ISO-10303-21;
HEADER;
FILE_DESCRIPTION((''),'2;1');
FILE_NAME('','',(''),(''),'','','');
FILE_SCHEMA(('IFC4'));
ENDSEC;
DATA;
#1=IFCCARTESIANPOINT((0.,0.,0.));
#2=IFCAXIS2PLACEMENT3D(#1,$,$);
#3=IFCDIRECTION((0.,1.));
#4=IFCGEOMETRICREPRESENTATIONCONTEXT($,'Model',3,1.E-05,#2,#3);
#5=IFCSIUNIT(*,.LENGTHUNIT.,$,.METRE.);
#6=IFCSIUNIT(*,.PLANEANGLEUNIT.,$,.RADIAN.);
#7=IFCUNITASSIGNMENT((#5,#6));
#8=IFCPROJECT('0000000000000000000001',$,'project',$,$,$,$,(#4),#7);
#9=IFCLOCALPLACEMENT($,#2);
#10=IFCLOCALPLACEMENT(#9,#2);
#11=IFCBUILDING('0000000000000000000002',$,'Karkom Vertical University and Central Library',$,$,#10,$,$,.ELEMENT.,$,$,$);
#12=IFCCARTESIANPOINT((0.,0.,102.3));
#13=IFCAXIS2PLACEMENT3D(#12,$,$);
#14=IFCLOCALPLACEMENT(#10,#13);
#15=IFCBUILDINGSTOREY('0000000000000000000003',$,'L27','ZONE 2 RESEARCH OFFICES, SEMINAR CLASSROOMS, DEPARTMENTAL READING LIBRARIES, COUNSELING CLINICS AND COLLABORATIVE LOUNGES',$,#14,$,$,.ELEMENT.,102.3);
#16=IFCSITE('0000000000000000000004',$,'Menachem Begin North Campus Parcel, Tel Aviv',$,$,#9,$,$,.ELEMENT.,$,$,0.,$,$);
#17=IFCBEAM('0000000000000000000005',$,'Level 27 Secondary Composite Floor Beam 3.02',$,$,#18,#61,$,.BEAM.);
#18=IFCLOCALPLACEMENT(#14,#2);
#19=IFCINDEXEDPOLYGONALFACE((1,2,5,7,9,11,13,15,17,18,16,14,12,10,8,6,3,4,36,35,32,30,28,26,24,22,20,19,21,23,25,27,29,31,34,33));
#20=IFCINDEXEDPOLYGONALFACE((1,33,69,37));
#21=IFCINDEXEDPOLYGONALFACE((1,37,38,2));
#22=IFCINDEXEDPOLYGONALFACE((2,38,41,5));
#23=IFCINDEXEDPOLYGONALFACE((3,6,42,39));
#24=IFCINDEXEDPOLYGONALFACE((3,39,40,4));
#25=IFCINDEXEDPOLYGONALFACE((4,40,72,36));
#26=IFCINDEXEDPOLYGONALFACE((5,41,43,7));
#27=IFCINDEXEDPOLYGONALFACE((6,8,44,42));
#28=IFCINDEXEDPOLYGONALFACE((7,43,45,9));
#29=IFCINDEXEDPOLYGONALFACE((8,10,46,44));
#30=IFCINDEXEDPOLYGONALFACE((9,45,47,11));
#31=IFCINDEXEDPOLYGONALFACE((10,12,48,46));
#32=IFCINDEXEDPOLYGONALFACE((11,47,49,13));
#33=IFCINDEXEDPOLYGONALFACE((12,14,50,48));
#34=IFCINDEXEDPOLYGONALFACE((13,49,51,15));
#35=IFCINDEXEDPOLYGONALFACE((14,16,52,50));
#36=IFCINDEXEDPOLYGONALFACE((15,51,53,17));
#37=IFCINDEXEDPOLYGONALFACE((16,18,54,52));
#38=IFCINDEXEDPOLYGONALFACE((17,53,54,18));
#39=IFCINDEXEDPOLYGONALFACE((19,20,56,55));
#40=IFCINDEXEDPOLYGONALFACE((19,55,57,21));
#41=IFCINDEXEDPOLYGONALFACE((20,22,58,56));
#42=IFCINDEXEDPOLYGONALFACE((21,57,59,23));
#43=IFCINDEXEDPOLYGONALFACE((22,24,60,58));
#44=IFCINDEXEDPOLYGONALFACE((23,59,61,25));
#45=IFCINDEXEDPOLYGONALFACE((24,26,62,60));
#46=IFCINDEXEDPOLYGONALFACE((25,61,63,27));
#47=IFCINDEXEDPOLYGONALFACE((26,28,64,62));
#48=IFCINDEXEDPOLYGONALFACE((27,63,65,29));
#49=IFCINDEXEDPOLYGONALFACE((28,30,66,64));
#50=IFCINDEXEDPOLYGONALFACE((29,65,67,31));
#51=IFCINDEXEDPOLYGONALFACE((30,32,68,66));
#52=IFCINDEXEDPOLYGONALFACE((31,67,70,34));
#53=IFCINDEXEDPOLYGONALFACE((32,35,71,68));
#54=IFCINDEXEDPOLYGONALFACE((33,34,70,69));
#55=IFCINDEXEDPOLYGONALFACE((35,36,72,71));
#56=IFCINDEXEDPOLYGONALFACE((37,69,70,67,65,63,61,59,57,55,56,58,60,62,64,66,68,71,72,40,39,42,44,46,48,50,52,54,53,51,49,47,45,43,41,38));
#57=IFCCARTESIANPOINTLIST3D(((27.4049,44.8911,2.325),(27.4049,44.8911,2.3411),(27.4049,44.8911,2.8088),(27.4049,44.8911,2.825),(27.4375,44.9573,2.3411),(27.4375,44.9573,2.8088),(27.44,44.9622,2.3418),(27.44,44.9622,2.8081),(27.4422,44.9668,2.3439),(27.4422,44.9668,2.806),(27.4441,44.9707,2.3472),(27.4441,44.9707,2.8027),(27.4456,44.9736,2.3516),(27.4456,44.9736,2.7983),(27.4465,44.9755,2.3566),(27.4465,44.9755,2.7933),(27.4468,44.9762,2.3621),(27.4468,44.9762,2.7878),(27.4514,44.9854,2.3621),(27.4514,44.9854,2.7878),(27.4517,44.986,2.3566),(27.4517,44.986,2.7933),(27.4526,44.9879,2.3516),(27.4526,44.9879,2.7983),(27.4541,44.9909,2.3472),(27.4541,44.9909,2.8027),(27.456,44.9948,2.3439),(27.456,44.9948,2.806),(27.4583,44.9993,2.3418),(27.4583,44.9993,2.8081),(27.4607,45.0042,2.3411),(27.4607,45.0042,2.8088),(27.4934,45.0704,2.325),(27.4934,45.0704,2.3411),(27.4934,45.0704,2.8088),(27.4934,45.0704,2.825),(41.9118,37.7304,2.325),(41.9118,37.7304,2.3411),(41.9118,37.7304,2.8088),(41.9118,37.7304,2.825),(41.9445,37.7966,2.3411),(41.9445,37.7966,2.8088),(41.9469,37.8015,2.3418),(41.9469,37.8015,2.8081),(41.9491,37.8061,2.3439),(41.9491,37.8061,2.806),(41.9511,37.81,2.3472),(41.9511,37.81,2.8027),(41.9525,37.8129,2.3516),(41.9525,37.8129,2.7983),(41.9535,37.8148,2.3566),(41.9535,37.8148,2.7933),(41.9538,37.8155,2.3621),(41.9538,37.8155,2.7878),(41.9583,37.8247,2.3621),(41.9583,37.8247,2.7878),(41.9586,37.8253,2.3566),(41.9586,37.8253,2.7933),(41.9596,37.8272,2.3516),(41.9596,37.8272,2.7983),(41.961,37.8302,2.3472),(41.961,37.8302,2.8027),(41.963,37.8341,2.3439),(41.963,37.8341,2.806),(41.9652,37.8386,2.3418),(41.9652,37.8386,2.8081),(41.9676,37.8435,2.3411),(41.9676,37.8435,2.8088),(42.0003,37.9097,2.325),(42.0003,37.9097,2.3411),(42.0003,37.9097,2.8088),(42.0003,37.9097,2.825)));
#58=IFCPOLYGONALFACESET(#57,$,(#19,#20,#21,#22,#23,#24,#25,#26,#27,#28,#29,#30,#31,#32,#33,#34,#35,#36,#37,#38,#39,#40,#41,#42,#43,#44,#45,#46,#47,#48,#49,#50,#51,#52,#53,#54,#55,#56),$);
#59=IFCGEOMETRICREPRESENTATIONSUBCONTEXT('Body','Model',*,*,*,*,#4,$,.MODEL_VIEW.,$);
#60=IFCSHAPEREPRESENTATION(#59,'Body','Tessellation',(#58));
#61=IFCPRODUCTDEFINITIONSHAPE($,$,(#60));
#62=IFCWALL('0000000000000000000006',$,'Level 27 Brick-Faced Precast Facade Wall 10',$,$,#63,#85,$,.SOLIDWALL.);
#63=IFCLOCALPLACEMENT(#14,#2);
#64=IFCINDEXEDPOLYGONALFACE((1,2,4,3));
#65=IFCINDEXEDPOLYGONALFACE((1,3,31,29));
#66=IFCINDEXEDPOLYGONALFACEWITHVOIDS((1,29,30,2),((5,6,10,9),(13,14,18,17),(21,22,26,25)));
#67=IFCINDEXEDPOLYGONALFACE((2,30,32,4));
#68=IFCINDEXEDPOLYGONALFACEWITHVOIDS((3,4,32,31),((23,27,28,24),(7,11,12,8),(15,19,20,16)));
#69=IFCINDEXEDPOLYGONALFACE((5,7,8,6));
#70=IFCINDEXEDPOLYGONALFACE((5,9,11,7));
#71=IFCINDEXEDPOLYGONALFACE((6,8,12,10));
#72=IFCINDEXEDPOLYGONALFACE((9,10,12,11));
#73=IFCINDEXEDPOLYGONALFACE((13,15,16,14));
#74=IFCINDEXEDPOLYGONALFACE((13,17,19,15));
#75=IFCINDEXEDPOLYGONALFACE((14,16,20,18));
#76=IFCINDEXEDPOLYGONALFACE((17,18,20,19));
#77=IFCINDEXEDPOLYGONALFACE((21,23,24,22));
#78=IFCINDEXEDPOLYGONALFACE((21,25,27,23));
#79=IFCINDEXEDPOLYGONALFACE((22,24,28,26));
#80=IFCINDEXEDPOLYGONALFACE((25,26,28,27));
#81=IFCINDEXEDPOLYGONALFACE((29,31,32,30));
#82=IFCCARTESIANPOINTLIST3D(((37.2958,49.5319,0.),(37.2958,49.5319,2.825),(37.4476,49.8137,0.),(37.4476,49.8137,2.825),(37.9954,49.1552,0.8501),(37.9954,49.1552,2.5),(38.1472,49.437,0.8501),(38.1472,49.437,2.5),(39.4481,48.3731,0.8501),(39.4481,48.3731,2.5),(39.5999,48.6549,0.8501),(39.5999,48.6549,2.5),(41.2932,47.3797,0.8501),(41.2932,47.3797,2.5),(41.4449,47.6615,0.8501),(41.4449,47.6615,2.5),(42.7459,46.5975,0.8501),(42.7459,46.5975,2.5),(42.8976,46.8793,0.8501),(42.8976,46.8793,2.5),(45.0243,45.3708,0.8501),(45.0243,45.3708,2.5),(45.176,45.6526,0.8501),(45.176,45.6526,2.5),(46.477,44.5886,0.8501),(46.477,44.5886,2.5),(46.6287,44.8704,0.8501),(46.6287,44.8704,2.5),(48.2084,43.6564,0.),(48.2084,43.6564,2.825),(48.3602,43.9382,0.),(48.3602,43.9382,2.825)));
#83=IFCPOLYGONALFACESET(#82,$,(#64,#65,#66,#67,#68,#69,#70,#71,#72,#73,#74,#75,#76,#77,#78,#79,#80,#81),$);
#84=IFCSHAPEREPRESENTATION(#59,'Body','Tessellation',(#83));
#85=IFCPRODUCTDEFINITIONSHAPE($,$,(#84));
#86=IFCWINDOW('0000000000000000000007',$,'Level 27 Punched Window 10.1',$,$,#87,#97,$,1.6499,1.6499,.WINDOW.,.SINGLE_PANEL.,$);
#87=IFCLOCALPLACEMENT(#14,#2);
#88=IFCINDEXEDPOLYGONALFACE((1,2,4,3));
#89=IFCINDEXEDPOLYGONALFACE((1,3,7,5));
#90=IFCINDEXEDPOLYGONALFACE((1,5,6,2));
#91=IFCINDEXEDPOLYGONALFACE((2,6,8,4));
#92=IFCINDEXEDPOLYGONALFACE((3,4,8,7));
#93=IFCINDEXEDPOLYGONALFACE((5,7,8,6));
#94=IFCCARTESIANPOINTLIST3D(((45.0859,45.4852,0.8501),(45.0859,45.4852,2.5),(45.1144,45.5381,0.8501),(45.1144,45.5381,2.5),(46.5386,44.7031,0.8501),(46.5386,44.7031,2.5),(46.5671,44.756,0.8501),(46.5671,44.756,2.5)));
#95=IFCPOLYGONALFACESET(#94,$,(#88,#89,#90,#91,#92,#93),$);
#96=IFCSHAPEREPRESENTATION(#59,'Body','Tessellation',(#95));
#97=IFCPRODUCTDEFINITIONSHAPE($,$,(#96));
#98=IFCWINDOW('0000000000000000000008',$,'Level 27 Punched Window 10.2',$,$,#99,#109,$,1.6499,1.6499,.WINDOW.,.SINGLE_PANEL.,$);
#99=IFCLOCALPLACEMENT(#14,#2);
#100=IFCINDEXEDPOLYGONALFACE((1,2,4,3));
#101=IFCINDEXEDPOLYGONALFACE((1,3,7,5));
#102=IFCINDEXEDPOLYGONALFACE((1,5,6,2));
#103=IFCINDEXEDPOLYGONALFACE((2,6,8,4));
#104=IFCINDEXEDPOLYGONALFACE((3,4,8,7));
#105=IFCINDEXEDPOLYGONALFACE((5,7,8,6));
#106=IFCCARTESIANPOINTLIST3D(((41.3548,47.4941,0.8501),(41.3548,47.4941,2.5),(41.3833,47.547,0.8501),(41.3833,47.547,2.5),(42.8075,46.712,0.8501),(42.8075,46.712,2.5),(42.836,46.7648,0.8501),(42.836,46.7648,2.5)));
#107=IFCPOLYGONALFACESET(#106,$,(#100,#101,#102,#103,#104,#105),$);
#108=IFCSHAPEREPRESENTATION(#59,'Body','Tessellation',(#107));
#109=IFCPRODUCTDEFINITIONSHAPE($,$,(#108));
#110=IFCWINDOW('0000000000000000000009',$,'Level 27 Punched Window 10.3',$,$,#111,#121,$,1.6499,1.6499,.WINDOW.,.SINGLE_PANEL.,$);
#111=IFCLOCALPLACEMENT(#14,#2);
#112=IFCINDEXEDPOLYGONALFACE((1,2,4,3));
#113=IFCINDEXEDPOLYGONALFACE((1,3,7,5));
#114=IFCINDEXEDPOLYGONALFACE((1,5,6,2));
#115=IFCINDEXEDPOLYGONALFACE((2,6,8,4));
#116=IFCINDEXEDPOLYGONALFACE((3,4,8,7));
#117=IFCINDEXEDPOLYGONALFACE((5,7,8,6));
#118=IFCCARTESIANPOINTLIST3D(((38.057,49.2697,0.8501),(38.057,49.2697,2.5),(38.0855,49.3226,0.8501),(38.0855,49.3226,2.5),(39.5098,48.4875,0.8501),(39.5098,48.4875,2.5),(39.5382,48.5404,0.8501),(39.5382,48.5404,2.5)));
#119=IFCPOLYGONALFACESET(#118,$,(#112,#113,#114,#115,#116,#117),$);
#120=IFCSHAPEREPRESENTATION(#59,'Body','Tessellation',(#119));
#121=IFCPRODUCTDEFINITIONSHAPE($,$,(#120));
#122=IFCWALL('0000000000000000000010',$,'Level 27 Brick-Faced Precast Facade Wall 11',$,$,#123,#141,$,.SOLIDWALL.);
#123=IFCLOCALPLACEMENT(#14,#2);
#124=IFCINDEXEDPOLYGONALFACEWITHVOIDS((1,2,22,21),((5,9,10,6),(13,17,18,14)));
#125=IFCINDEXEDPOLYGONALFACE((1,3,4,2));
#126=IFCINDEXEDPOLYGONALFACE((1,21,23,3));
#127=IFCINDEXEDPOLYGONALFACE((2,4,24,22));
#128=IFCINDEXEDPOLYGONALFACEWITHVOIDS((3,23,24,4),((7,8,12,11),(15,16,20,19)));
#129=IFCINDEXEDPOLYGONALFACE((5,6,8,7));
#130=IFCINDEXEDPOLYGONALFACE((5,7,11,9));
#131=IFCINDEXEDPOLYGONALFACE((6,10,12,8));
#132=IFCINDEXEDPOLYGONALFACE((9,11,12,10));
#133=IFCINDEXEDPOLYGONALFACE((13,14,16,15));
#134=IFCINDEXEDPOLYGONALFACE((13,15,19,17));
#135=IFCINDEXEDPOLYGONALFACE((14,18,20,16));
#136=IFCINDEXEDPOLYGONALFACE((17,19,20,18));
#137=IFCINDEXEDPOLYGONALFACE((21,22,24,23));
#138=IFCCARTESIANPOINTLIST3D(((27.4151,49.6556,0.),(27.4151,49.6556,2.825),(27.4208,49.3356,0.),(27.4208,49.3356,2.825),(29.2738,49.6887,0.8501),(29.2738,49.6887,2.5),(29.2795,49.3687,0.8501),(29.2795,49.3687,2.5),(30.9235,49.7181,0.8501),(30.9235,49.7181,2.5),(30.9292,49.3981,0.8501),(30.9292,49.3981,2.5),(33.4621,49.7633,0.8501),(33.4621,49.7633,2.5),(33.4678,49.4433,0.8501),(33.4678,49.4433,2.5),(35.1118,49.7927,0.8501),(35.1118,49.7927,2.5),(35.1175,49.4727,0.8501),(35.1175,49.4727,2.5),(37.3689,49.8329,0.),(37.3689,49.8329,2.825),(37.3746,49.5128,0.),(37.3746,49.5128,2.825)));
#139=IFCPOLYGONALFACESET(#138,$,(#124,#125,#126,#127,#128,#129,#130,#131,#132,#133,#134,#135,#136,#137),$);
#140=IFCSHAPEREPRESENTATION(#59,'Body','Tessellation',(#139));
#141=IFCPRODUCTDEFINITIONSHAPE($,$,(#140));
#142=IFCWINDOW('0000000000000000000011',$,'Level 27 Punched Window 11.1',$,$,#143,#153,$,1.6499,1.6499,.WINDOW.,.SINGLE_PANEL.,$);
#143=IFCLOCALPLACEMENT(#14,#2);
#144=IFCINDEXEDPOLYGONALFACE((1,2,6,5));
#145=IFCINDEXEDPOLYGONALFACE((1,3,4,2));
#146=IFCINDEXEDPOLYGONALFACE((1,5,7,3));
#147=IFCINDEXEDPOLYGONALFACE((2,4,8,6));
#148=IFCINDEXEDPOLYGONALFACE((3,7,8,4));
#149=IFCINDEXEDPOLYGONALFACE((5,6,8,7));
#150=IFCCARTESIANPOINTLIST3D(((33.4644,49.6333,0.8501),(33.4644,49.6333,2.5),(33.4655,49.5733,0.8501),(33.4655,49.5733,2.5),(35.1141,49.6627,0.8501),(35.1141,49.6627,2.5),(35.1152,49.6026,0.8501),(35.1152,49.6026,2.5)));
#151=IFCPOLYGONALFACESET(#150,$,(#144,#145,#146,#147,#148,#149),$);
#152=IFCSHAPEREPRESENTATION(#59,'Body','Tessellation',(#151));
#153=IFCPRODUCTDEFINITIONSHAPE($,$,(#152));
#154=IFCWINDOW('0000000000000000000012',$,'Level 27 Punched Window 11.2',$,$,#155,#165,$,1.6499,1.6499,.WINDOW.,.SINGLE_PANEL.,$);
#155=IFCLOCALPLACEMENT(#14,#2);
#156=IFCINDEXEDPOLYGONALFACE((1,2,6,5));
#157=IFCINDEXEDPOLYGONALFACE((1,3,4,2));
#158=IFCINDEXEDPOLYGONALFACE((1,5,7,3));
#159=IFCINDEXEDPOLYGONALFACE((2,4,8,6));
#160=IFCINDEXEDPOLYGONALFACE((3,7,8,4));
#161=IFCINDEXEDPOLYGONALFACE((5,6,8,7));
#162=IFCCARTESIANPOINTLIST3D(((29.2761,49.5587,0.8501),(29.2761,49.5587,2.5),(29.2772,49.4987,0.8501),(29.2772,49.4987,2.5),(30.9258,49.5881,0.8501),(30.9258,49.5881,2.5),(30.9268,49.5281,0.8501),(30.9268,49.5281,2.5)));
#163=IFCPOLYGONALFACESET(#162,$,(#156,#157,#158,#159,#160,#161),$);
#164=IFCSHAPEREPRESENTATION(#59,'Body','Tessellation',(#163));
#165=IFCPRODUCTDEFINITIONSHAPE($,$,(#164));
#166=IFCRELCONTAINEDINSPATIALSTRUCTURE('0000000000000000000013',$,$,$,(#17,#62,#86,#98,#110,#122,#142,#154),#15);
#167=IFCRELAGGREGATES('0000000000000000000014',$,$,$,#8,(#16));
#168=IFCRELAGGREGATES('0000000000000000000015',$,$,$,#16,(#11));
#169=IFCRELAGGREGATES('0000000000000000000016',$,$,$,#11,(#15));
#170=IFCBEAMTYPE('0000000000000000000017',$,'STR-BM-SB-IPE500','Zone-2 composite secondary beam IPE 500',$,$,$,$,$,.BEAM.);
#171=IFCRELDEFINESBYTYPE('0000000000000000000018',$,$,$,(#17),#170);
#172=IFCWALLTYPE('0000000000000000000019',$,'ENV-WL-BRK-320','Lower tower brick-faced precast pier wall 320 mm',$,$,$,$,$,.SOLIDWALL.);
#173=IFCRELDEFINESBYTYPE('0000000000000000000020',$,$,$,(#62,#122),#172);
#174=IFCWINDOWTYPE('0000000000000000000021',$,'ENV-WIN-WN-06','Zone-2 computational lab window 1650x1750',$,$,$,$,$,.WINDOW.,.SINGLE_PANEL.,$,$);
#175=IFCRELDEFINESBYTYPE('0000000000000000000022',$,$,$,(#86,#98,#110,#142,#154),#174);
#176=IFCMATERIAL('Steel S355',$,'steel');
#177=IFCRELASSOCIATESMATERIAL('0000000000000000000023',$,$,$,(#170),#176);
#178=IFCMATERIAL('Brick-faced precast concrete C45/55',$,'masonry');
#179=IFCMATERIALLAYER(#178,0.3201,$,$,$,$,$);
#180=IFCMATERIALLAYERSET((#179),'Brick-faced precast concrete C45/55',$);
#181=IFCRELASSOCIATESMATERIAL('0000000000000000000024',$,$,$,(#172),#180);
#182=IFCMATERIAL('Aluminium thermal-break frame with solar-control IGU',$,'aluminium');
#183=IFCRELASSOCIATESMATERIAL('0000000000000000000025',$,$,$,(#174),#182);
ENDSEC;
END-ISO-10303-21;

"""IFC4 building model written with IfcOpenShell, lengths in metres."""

from ifc_helpers import new_model, si_unit, direction, frame, frame_2d, origin, origin_with_axes, origin_2d, place, context, subcontext, project, spatial, rectangle, i_section, extrude, source, transform, mapped, material, layer, layer_set, material_profile, profile_set, type_object, element, fill, save


model = new_model("IFC4")

# Units and contexts
model_context = context("Model", 3, precision=1e-05, world=origin(), true_north=direction((0.0, 1.0)))
body_context = subcontext(model_context, "Body", "Model", "MODEL_VIEW")
ifc_project = project(units=[si_unit("LENGTHUNIT", "METRE"), si_unit("PLANEANGLEUNIT", "RADIAN")], contexts=[model_context])

# Site, building, storey
site_placement = place(None, origin())
site = spatial("IfcSite", under=ifc_project, at=site_placement, Name="Menachem Begin North Campus Parcel, Tel Aviv", CompositionType="ELEMENT", RefElevation=0.0)
building_placement = place(site_placement, origin())
building = spatial("IfcBuilding", under=site, at=building_placement, Name="Karkom Vertical University and Central Library", CompositionType="ELEMENT")
storey_placement = place(building_placement, frame((0.0, 0.0, 102.3)))
storey = spatial("IfcBuildingStorey", under=building, at=storey_placement, Name="L27", Description="ZONE 2 RESEARCH OFFICES, SEMINAR CLASSROOMS, DEPARTMENTAL READING LIBRARIES, COUNSELING CLINICS AND COLLABORATIVE LOUNGES", CompositionType="ELEMENT", Elevation=102.3)

# Beam
ifc_material_1 = material(Name="Steel S355", Category="steel")
ifc_material_profile_1 = material_profile(ifc_material_1, i_section(OverallWidth=0.2, OverallDepth=0.5, WebThickness=0.0103, FlangeThickness=0.0161, FilletRadius=0.021, at=origin_2d()), Name="IPE 500")
ifc_profile_set_1 = profile_set([ifc_material_profile_1], Name="Steel S355")
beam_type_1 = type_object("IfcBeamType", Name="STR-BM-SB-IPE500", Description="Zone-2 composite secondary beam IPE 500", PredefinedType="BEAM", material=ifc_profile_set_1)
shared_shape_1 = source(origin_with_axes(), body_context, "Body", "SweptSolid", [
    extrude(i_section(OverallWidth=0.2, OverallDepth=0.5, WebThickness=0.0103, FlangeThickness=0.0161, FilletRadius=0.021, at=origin_2d()), origin(), (0.0, 0.0, 1.0), 16.178),
])
beam_1_placement = place(storey_placement, frame((41.9561, 37.8201, 2.575), z_axis=(-0.896709, 0.44262, 0.0), x_axis=(-0.44262, -0.896709, 0.0)))
element("IfcBeam", 1, at=beam_1_placement, inside=storey, type_object=beam_type_1, Name="Level 27 Secondary Composite Floor Beam 3.02", PredefinedType="BEAM", context=body_context, shape_type="MappedRepresentation", body=[
    mapped(shared_shape_1, transform((0.0, 0.0, 0.0), scale=1.0)),
])

# Walls, openings, windows
ifc_material_2 = material(Name="Brick-faced precast concrete C45/55", Category="masonry")
ifc_layer_1 = layer(ifc_material_2, 0.3201)
ifc_layer_set_1 = layer_set([ifc_layer_1], Name="Brick-faced precast concrete C45/55")
wall_type_1 = type_object("IfcWallType", Name="ENV-WL-BRK-320", Description="Lower tower brick-faced precast pier wall 320 mm", PredefinedType="SOLIDWALL", material=ifc_layer_set_1)
wall_1_placement = place(storey_placement, frame((48.2842, 43.7974, 0.0), z_axis=(0.0, 0.0, 1.0), x_axis=(-0.880489, 0.474067, 0.0)))
wall_1 = element("IfcWall", 2, at=wall_1_placement, inside=storey, type_object=wall_type_1, Name="Level 27 Brick-Faced Precast Facade Wall 10", PredefinedType="SOLIDWALL", context=body_context, shape_type="SweptSolid", body=[
    extrude(rectangle(XDim=12.3938, YDim=0.3201, at=frame_2d((6.1968, 0.0))), origin(), (0.0, 0.0, 1.0), 2.825),
])
opening_1_placement = place(wall_1_placement, frame((1.9663, 0.0, 0.8501)))
opening_1 = element("IfcOpeningElement", 3, at=opening_1_placement, cuts=wall_1, PredefinedType="OPENING", context=body_context, shape_type="SweptSolid", body=[
    extrude(rectangle(XDim=1.6499, YDim=1.6499, at=frame_2d((0.825, 0.825))), frame((0.0, 0.1699, 0.0), z_axis=(0.0, -1.0, 0.0), x_axis=(1.0, 0.0, 0.0)), (0.0, 0.0, 1.0), 0.3401),
])
opening_2_placement = place(wall_1_placement, frame((6.2039, 0.0, 0.8501)))
opening_2 = element("IfcOpeningElement", 4, at=opening_2_placement, cuts=wall_1, PredefinedType="OPENING", context=body_context, shape_type="SweptSolid", body=[
    extrude(rectangle(XDim=1.6499, YDim=1.6499, at=frame_2d((0.825, 0.825))), frame((0.0, 0.1699, 0.0), z_axis=(0.0, -1.0, 0.0), x_axis=(1.0, 0.0, 0.0)), (0.0, 0.0, 1.0), 0.3401),
])
opening_3_placement = place(wall_1_placement, frame((9.9492, 0.0, 0.8501)))
opening_3 = element("IfcOpeningElement", 5, at=opening_3_placement, cuts=wall_1, PredefinedType="OPENING", context=body_context, shape_type="SweptSolid", body=[
    extrude(rectangle(XDim=1.6499, YDim=1.6499, at=frame_2d((0.825, 0.825))), frame((0.0, 0.1699, 0.0), z_axis=(0.0, -1.0, 0.0), x_axis=(1.0, 0.0, 0.0)), (0.0, 0.0, 1.0), 0.3401),
])
ifc_material_3 = material(Name="Aluminium thermal-break frame with solar-control IGU", Category="aluminium")
window_type = type_object("IfcWindowType", Name="ENV-WIN-WN-06", Description="Zone-2 computational lab window 1650x1750", PartitioningType="SINGLE_PANEL", PredefinedType="WINDOW", material=ifc_material_3)
shared_shape_2 = source(origin_with_axes(), body_context, "Body", "SweptSolid", [
    extrude(rectangle(XDim=1.6499, YDim=1.6499, at=frame_2d((0.825, 0.825))), frame((0.0, 0.03, 0.0), z_axis=(0.0, -1.0, 0.0), x_axis=(1.0, 0.0, 0.0)), (0.0, 0.0, 1.0), 0.0601),
])
window_1_placement = place(opening_1_placement, origin())
window_1 = element("IfcWindow", 6, at=window_1_placement, inside=storey, type_object=window_type, Name="Level 27 Punched Window 10.1", OverallHeight=1.6499, OverallWidth=1.6499, PartitioningType="SINGLE_PANEL", PredefinedType="WINDOW", context=body_context, shape_type="MappedRepresentation", body=[
    mapped(shared_shape_2, transform((0.0, 0.0, 0.0), scale=1.0)),
])
fill(opening_1, window_1)
window_2_placement = place(opening_2_placement, origin())
window_2 = element("IfcWindow", 7, at=window_2_placement, inside=storey, type_object=window_type, Name="Level 27 Punched Window 10.2", OverallHeight=1.6499, OverallWidth=1.6499, PartitioningType="SINGLE_PANEL", PredefinedType="WINDOW", context=body_context, shape_type="MappedRepresentation", body=[
    mapped(shared_shape_2, transform((0.0, 0.0, 0.0), scale=1.0)),
])
fill(opening_2, window_2)
window_3_placement = place(opening_3_placement, origin())
window_3 = element("IfcWindow", 8, at=window_3_placement, inside=storey, type_object=window_type, Name="Level 27 Punched Window 10.3", OverallHeight=1.6499, OverallWidth=1.6499, PartitioningType="SINGLE_PANEL", PredefinedType="WINDOW", context=body_context, shape_type="MappedRepresentation", body=[
    mapped(shared_shape_2, transform((0.0, 0.0, 0.0), scale=1.0)),
])
fill(opening_3, window_3)
wall_2_placement = place(storey_placement, frame((37.3716, 49.6729, 0.0), z_axis=(0.0, 0.0, 1.0), x_axis=(-0.999841, -0.017804, 0.0)))
wall_2 = element("IfcWall", 9, at=wall_2_placement, inside=storey, type_object=wall_type_1, Name="Level 27 Brick-Faced Precast Facade Wall 11", PredefinedType="SOLIDWALL", context=body_context, shape_type="SweptSolid", body=[
    extrude(rectangle(XDim=9.9553, YDim=0.3201, at=frame_2d((4.9775, 0.0))), origin(), (0.0, 0.0, 1.0), 2.825),
])
opening_4_placement = place(wall_2_placement, frame((2.2573, 0.0, 0.8501)))
opening_4 = element("IfcOpeningElement", 10, at=opening_4_placement, cuts=wall_2, PredefinedType="OPENING", context=body_context, shape_type="SweptSolid", body=[
    extrude(rectangle(XDim=1.6499, YDim=1.6499, at=frame_2d((0.825, 0.825))), frame((0.0, 0.1699, 0.0), z_axis=(0.0, -1.0, 0.0), x_axis=(1.0, 0.0, 0.0)), (0.0, 0.0, 1.0), 0.3401),
])
opening_5_placement = place(wall_2_placement, frame((6.4463, 0.0, 0.8501)))
opening_5 = element("IfcOpeningElement", 11, at=opening_5_placement, cuts=wall_2, PredefinedType="OPENING", context=body_context, shape_type="SweptSolid", body=[
    extrude(rectangle(XDim=1.6499, YDim=1.6499, at=frame_2d((0.825, 0.825))), frame((0.0, 0.1699, 0.0), z_axis=(0.0, -1.0, 0.0), x_axis=(1.0, 0.0, 0.0)), (0.0, 0.0, 1.0), 0.3401),
])
window_4_placement = place(opening_4_placement, origin())
window_4 = element("IfcWindow", 12, at=window_4_placement, inside=storey, type_object=window_type, Name="Level 27 Punched Window 11.1", OverallHeight=1.6499, OverallWidth=1.6499, PartitioningType="SINGLE_PANEL", PredefinedType="WINDOW", context=body_context, shape_type="MappedRepresentation", body=[
    mapped(shared_shape_2, transform((0.0, 0.0, 0.0), scale=1.0)),
])
fill(opening_4, window_4)
window_5_placement = place(opening_5_placement, origin())
window_5 = element("IfcWindow", 13, at=window_5_placement, inside=storey, type_object=window_type, Name="Level 27 Punched Window 11.2", OverallHeight=1.6499, OverallWidth=1.6499, PartitioningType="SINGLE_PANEL", PredefinedType="WINDOW", context=body_context, shape_type="MappedRepresentation", body=[
    mapped(shared_shape_2, transform((0.0, 0.0, 0.0), scale=1.0)),
])
fill(opening_5, window_5)

save(model, "model.ifc")
